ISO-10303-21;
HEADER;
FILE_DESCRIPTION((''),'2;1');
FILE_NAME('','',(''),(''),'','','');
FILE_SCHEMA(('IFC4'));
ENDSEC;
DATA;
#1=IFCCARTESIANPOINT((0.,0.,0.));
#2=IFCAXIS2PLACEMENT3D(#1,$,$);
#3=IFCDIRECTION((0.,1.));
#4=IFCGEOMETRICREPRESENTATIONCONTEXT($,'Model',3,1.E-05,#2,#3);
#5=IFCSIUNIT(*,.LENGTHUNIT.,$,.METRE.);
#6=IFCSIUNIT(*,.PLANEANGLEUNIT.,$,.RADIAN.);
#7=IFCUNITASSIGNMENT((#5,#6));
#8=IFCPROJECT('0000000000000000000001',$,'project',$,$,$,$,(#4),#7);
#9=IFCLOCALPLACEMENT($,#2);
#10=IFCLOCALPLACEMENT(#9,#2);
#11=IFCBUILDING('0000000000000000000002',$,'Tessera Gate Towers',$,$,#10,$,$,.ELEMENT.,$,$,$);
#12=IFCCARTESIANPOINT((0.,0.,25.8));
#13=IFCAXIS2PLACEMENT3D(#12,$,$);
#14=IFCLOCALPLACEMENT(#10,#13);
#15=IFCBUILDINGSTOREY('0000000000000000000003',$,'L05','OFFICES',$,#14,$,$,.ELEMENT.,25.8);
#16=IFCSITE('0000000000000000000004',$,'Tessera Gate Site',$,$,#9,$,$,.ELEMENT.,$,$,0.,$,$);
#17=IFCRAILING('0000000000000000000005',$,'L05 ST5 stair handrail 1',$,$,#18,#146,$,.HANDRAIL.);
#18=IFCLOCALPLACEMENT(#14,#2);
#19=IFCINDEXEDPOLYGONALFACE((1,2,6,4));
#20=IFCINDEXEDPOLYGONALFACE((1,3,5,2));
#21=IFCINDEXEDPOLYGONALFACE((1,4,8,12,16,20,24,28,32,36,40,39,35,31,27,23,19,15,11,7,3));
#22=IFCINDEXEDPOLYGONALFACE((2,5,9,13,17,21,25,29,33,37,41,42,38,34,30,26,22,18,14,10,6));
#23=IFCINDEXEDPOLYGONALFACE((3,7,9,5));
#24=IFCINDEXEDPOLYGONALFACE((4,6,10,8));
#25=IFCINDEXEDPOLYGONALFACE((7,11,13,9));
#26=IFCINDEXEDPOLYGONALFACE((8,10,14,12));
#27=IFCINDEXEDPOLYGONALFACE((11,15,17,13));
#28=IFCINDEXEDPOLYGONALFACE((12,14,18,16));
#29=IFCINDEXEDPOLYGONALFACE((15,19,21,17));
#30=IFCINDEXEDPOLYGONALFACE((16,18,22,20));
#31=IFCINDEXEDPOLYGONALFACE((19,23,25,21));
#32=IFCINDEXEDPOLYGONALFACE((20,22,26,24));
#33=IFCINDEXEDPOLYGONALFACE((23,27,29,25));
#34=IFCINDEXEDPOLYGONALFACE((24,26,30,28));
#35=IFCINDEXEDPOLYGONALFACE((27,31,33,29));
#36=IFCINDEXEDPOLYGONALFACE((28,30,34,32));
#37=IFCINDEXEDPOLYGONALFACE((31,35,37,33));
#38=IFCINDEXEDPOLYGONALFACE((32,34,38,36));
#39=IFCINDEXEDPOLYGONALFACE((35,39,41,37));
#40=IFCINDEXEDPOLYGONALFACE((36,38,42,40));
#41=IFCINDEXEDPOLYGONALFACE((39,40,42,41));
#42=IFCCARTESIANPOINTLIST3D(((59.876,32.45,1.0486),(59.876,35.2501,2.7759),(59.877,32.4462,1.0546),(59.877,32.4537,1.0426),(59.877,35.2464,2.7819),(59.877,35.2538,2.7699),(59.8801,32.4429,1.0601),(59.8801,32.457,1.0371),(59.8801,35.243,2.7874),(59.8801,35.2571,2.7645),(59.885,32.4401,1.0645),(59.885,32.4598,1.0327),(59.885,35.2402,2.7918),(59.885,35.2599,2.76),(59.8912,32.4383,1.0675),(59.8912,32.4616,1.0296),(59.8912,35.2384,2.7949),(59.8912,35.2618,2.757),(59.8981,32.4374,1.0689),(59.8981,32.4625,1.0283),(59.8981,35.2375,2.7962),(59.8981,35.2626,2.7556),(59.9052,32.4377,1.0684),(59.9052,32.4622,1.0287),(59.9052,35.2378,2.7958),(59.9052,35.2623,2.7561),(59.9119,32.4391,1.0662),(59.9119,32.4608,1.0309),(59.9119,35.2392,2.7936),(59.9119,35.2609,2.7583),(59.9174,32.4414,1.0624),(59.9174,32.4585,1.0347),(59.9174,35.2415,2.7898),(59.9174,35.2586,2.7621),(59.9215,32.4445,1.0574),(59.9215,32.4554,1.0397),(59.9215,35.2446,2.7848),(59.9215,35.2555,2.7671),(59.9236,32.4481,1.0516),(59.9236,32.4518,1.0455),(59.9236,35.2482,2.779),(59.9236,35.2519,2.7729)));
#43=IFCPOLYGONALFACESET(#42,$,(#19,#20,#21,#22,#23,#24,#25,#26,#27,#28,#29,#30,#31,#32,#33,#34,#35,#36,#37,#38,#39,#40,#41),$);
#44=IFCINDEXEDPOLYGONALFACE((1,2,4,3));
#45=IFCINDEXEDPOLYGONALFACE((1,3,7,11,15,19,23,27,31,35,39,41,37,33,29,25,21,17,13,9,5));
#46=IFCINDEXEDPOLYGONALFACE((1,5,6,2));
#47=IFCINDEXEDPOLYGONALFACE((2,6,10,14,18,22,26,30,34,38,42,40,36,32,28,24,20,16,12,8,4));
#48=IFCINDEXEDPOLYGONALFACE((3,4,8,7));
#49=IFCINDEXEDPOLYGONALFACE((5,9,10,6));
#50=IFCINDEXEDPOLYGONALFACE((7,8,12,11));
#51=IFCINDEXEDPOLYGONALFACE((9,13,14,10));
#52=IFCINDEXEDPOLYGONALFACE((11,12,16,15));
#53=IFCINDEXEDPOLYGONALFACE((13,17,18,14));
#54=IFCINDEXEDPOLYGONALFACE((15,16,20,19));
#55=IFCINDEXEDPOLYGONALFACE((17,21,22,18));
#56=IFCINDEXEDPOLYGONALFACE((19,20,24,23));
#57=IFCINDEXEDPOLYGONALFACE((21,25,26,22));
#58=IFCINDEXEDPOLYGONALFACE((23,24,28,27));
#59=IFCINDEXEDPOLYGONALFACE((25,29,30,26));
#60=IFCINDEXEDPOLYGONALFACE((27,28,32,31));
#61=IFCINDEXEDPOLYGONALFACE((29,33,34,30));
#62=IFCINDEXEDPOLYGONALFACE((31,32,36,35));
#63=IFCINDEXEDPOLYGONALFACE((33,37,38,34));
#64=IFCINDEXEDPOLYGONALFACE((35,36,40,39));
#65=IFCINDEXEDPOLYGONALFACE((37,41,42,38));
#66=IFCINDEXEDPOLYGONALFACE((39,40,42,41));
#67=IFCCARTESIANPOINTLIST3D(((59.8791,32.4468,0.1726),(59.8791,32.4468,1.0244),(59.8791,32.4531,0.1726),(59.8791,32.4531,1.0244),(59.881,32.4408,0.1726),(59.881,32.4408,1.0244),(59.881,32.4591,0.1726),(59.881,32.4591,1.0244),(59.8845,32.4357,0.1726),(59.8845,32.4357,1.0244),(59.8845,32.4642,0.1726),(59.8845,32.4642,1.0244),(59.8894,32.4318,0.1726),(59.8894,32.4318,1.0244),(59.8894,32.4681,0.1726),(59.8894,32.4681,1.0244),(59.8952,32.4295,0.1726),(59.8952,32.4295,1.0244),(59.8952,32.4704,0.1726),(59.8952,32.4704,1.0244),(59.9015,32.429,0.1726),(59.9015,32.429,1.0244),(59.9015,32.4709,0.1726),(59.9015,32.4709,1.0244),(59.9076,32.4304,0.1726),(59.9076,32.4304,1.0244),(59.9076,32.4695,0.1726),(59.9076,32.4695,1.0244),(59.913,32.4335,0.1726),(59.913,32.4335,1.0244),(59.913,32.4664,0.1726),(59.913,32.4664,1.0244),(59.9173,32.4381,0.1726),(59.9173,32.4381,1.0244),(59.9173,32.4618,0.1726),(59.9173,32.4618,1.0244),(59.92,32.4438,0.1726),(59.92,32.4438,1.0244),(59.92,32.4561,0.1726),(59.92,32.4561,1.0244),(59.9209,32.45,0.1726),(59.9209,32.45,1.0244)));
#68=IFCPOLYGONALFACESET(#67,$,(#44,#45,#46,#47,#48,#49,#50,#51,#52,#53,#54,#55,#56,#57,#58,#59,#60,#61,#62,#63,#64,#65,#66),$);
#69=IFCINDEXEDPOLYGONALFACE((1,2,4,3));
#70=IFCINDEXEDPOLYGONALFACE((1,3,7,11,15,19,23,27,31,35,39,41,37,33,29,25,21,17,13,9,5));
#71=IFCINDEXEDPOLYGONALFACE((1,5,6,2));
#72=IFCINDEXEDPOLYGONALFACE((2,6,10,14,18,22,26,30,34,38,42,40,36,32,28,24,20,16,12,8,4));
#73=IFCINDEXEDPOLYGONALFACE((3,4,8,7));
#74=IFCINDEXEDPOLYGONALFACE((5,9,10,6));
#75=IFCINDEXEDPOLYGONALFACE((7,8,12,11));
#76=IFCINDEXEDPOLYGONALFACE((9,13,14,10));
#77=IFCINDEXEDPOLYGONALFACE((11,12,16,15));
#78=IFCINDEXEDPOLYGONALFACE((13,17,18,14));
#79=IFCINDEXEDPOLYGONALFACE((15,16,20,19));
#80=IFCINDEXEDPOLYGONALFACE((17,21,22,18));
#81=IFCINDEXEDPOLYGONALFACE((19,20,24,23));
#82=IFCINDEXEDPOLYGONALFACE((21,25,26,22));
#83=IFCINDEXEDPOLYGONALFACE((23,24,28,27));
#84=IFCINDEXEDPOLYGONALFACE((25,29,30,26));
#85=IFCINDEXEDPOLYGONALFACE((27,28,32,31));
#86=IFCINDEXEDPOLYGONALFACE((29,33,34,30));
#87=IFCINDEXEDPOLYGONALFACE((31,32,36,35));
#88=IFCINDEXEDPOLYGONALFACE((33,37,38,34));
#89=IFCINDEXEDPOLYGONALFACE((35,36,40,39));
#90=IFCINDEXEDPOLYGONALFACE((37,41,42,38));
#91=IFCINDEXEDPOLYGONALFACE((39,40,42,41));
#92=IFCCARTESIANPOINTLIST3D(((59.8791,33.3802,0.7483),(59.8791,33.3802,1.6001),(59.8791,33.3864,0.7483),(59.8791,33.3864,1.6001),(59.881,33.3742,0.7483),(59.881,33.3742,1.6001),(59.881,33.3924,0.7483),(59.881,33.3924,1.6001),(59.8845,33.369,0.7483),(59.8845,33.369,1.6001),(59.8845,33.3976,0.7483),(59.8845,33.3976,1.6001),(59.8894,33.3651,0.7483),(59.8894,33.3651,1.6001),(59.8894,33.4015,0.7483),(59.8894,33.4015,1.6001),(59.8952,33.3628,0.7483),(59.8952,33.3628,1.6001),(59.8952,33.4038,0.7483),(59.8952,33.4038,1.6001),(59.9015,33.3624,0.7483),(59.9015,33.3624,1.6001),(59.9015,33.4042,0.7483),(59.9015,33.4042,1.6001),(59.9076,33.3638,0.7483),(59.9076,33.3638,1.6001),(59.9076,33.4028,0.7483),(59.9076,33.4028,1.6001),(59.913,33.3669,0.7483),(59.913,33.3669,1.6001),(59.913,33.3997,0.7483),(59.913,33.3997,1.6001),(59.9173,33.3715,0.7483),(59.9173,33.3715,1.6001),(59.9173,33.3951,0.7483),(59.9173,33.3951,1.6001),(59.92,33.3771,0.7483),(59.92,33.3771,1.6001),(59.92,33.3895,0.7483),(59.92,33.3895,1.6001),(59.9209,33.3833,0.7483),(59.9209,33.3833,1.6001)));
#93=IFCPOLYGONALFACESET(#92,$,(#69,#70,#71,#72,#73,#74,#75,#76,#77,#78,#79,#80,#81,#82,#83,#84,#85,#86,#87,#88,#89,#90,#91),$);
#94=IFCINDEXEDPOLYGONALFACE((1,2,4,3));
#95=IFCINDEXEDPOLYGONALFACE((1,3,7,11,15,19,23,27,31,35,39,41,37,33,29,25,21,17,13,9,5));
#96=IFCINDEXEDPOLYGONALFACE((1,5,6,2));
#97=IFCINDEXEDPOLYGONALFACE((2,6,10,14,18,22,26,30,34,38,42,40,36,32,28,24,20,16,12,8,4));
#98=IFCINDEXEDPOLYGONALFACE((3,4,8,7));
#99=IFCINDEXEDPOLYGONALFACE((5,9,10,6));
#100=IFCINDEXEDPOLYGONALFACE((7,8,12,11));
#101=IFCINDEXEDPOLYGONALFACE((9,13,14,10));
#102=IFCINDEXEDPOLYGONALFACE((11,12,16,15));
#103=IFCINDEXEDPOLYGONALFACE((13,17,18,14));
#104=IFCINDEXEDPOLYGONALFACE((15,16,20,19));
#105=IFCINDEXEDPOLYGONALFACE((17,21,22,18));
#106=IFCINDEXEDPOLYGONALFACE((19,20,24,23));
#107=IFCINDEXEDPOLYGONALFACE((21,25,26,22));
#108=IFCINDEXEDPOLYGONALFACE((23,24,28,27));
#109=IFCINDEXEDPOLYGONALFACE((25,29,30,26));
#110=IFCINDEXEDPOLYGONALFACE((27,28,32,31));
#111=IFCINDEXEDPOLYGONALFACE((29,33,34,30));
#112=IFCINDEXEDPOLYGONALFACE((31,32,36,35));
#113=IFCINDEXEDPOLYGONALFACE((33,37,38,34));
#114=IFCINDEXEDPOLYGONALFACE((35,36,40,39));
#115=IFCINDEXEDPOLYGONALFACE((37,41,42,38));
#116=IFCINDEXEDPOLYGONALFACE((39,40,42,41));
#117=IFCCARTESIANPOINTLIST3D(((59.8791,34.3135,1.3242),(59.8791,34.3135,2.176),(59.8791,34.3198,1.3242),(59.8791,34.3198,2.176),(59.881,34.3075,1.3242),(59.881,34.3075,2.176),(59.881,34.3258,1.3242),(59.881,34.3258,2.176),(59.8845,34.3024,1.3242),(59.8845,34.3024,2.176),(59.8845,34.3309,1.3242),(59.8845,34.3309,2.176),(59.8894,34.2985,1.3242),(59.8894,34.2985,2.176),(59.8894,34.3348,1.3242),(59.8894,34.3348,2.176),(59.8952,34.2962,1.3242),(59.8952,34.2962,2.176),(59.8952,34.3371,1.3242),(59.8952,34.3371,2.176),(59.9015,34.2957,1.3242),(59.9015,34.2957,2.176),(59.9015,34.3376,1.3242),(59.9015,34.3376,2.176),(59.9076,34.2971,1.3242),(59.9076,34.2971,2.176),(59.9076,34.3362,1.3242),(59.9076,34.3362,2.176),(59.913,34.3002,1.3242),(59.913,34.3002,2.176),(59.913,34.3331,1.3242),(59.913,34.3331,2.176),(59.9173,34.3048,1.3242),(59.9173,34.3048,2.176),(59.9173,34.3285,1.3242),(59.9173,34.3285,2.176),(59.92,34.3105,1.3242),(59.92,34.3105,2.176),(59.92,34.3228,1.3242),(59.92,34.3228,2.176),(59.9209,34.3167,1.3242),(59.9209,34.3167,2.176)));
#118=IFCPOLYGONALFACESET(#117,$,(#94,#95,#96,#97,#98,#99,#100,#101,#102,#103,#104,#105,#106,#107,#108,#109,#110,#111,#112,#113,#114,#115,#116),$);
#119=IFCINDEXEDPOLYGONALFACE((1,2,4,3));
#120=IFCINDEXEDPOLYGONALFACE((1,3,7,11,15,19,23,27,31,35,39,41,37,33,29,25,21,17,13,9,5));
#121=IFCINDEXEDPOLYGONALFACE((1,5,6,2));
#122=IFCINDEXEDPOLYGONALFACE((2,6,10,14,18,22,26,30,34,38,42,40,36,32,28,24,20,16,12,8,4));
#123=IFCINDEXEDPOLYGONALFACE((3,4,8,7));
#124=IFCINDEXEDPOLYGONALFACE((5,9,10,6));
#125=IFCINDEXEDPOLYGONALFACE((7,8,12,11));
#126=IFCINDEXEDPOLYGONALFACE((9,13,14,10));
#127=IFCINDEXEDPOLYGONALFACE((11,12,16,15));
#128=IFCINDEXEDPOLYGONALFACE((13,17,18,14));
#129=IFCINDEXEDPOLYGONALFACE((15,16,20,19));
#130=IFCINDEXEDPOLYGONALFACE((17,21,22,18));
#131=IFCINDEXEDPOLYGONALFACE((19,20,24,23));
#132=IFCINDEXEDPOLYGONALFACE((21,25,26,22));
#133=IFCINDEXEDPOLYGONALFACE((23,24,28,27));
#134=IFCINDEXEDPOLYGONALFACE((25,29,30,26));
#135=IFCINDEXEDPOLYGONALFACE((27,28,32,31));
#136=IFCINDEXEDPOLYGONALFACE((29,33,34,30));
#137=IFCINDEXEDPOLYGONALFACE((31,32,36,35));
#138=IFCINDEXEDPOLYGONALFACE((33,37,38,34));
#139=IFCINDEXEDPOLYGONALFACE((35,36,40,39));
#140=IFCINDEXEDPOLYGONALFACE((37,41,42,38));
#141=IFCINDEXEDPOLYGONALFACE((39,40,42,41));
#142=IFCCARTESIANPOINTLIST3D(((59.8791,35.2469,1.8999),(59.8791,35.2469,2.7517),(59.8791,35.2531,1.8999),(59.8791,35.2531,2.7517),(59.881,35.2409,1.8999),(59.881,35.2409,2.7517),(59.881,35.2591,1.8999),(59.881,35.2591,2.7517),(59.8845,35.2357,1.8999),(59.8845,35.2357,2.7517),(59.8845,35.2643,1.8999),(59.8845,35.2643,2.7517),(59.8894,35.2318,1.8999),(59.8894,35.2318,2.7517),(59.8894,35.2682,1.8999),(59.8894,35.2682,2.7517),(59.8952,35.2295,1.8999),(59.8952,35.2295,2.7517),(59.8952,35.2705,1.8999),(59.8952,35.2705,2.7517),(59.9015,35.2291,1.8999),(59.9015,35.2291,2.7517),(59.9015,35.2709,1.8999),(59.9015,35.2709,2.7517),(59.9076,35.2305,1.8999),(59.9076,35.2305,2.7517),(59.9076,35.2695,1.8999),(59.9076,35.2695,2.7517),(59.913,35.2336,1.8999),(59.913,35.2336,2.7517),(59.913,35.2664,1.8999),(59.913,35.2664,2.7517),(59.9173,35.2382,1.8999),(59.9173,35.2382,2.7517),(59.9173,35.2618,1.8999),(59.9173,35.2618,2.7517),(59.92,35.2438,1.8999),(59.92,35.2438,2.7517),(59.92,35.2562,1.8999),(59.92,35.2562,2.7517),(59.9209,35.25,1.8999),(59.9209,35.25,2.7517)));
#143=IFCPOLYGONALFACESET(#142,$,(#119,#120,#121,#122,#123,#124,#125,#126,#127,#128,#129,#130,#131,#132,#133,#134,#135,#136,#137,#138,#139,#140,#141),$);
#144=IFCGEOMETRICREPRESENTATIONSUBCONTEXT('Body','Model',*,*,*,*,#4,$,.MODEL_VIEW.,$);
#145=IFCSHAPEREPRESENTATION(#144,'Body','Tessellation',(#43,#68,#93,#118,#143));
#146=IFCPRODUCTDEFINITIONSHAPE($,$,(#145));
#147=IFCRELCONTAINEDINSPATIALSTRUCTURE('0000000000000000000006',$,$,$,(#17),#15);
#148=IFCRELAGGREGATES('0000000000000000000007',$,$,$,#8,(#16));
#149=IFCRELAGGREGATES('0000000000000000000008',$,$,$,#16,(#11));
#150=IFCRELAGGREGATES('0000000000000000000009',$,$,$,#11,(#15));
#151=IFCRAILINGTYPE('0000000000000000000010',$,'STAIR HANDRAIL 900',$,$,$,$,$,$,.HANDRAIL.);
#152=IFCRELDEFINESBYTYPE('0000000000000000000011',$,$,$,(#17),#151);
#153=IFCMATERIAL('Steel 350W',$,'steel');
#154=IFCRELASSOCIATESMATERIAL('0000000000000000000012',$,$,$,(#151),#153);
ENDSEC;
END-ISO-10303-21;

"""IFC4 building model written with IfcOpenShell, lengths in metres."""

from ifc_helpers import new_model, si_unit, direction, frame, origin, origin_2d, place, context, subcontext, project, spatial, circle, extrude, material, type_object, element, save


model = new_model("IFC4")

# Units and contexts
model_context = context("Model", 3, precision=1e-05, world=origin(), true_north=direction((0.0, 1.0)))
body_context = subcontext(model_context, "Body", "Model", "MODEL_VIEW")
ifc_project = project(units=[si_unit("LENGTHUNIT", "METRE"), si_unit("PLANEANGLEUNIT", "RADIAN")], contexts=[model_context])

# Site, building, storey
site_placement = place(None, origin())
site = spatial("IfcSite", under=ifc_project, at=site_placement, Name="Tessera Gate Site", CompositionType="ELEMENT", RefElevation=0.0)
building_placement = place(site_placement, origin())
building = spatial("IfcBuilding", under=site, at=building_placement, Name="Tessera Gate Towers", CompositionType="ELEMENT")
storey_placement = place(building_placement, frame((0.0, 0.0, 25.8)))
storey = spatial("IfcBuildingStorey", under=building, at=storey_placement, Name="L05", Description="OFFICES", CompositionType="ELEMENT", Elevation=25.8)

# Railing
ifc_material_1 = material(Name="Steel 350W", Category="steel")
railing_type_1 = type_object("IfcRailingType", Name="STAIR HANDRAIL 900", PredefinedType="HANDRAIL", material=ifc_material_1)
for number, where, name in (
    (1, (59.8999, 32.45, 0.1726), "L05 ST5 stair handrail 1"),
):
    element("IfcRailing", number, at=place(storey_placement, frame(where)), inside=storey, type_object=railing_type_1, Name=name, PredefinedType="HANDRAIL", context=body_context, shape_type="SweptSolid", body=[
        extrude(circle(Radius=0.0239, at=origin_2d()), frame((0.0, 0.0, 0.876), z_axis=(0.0, 0.85109, 0.52502), x_axis=(-1.0, 0.0, 0.0)), (0.0, 0.0, 1.0), 3.29),
        extrude(circle(Radius=0.021, at=origin_2d()), origin(), (0.0, 0.0, 1.0), 0.8518),
        extrude(circle(Radius=0.021, at=origin_2d()), frame((0.0, 0.9333, 0.5757)), (0.0, 0.0, 1.0), 0.8518),
        extrude(circle(Radius=0.021, at=origin_2d()), frame((0.0, 1.8667, 1.1516)), (0.0, 0.0, 1.0), 0.8518),
        extrude(circle(Radius=0.021, at=origin_2d()), frame((0.0, 2.8, 1.7273)), (0.0, 0.0, 1.0), 0.8518),
    ])

save(model, "model.ifc")
